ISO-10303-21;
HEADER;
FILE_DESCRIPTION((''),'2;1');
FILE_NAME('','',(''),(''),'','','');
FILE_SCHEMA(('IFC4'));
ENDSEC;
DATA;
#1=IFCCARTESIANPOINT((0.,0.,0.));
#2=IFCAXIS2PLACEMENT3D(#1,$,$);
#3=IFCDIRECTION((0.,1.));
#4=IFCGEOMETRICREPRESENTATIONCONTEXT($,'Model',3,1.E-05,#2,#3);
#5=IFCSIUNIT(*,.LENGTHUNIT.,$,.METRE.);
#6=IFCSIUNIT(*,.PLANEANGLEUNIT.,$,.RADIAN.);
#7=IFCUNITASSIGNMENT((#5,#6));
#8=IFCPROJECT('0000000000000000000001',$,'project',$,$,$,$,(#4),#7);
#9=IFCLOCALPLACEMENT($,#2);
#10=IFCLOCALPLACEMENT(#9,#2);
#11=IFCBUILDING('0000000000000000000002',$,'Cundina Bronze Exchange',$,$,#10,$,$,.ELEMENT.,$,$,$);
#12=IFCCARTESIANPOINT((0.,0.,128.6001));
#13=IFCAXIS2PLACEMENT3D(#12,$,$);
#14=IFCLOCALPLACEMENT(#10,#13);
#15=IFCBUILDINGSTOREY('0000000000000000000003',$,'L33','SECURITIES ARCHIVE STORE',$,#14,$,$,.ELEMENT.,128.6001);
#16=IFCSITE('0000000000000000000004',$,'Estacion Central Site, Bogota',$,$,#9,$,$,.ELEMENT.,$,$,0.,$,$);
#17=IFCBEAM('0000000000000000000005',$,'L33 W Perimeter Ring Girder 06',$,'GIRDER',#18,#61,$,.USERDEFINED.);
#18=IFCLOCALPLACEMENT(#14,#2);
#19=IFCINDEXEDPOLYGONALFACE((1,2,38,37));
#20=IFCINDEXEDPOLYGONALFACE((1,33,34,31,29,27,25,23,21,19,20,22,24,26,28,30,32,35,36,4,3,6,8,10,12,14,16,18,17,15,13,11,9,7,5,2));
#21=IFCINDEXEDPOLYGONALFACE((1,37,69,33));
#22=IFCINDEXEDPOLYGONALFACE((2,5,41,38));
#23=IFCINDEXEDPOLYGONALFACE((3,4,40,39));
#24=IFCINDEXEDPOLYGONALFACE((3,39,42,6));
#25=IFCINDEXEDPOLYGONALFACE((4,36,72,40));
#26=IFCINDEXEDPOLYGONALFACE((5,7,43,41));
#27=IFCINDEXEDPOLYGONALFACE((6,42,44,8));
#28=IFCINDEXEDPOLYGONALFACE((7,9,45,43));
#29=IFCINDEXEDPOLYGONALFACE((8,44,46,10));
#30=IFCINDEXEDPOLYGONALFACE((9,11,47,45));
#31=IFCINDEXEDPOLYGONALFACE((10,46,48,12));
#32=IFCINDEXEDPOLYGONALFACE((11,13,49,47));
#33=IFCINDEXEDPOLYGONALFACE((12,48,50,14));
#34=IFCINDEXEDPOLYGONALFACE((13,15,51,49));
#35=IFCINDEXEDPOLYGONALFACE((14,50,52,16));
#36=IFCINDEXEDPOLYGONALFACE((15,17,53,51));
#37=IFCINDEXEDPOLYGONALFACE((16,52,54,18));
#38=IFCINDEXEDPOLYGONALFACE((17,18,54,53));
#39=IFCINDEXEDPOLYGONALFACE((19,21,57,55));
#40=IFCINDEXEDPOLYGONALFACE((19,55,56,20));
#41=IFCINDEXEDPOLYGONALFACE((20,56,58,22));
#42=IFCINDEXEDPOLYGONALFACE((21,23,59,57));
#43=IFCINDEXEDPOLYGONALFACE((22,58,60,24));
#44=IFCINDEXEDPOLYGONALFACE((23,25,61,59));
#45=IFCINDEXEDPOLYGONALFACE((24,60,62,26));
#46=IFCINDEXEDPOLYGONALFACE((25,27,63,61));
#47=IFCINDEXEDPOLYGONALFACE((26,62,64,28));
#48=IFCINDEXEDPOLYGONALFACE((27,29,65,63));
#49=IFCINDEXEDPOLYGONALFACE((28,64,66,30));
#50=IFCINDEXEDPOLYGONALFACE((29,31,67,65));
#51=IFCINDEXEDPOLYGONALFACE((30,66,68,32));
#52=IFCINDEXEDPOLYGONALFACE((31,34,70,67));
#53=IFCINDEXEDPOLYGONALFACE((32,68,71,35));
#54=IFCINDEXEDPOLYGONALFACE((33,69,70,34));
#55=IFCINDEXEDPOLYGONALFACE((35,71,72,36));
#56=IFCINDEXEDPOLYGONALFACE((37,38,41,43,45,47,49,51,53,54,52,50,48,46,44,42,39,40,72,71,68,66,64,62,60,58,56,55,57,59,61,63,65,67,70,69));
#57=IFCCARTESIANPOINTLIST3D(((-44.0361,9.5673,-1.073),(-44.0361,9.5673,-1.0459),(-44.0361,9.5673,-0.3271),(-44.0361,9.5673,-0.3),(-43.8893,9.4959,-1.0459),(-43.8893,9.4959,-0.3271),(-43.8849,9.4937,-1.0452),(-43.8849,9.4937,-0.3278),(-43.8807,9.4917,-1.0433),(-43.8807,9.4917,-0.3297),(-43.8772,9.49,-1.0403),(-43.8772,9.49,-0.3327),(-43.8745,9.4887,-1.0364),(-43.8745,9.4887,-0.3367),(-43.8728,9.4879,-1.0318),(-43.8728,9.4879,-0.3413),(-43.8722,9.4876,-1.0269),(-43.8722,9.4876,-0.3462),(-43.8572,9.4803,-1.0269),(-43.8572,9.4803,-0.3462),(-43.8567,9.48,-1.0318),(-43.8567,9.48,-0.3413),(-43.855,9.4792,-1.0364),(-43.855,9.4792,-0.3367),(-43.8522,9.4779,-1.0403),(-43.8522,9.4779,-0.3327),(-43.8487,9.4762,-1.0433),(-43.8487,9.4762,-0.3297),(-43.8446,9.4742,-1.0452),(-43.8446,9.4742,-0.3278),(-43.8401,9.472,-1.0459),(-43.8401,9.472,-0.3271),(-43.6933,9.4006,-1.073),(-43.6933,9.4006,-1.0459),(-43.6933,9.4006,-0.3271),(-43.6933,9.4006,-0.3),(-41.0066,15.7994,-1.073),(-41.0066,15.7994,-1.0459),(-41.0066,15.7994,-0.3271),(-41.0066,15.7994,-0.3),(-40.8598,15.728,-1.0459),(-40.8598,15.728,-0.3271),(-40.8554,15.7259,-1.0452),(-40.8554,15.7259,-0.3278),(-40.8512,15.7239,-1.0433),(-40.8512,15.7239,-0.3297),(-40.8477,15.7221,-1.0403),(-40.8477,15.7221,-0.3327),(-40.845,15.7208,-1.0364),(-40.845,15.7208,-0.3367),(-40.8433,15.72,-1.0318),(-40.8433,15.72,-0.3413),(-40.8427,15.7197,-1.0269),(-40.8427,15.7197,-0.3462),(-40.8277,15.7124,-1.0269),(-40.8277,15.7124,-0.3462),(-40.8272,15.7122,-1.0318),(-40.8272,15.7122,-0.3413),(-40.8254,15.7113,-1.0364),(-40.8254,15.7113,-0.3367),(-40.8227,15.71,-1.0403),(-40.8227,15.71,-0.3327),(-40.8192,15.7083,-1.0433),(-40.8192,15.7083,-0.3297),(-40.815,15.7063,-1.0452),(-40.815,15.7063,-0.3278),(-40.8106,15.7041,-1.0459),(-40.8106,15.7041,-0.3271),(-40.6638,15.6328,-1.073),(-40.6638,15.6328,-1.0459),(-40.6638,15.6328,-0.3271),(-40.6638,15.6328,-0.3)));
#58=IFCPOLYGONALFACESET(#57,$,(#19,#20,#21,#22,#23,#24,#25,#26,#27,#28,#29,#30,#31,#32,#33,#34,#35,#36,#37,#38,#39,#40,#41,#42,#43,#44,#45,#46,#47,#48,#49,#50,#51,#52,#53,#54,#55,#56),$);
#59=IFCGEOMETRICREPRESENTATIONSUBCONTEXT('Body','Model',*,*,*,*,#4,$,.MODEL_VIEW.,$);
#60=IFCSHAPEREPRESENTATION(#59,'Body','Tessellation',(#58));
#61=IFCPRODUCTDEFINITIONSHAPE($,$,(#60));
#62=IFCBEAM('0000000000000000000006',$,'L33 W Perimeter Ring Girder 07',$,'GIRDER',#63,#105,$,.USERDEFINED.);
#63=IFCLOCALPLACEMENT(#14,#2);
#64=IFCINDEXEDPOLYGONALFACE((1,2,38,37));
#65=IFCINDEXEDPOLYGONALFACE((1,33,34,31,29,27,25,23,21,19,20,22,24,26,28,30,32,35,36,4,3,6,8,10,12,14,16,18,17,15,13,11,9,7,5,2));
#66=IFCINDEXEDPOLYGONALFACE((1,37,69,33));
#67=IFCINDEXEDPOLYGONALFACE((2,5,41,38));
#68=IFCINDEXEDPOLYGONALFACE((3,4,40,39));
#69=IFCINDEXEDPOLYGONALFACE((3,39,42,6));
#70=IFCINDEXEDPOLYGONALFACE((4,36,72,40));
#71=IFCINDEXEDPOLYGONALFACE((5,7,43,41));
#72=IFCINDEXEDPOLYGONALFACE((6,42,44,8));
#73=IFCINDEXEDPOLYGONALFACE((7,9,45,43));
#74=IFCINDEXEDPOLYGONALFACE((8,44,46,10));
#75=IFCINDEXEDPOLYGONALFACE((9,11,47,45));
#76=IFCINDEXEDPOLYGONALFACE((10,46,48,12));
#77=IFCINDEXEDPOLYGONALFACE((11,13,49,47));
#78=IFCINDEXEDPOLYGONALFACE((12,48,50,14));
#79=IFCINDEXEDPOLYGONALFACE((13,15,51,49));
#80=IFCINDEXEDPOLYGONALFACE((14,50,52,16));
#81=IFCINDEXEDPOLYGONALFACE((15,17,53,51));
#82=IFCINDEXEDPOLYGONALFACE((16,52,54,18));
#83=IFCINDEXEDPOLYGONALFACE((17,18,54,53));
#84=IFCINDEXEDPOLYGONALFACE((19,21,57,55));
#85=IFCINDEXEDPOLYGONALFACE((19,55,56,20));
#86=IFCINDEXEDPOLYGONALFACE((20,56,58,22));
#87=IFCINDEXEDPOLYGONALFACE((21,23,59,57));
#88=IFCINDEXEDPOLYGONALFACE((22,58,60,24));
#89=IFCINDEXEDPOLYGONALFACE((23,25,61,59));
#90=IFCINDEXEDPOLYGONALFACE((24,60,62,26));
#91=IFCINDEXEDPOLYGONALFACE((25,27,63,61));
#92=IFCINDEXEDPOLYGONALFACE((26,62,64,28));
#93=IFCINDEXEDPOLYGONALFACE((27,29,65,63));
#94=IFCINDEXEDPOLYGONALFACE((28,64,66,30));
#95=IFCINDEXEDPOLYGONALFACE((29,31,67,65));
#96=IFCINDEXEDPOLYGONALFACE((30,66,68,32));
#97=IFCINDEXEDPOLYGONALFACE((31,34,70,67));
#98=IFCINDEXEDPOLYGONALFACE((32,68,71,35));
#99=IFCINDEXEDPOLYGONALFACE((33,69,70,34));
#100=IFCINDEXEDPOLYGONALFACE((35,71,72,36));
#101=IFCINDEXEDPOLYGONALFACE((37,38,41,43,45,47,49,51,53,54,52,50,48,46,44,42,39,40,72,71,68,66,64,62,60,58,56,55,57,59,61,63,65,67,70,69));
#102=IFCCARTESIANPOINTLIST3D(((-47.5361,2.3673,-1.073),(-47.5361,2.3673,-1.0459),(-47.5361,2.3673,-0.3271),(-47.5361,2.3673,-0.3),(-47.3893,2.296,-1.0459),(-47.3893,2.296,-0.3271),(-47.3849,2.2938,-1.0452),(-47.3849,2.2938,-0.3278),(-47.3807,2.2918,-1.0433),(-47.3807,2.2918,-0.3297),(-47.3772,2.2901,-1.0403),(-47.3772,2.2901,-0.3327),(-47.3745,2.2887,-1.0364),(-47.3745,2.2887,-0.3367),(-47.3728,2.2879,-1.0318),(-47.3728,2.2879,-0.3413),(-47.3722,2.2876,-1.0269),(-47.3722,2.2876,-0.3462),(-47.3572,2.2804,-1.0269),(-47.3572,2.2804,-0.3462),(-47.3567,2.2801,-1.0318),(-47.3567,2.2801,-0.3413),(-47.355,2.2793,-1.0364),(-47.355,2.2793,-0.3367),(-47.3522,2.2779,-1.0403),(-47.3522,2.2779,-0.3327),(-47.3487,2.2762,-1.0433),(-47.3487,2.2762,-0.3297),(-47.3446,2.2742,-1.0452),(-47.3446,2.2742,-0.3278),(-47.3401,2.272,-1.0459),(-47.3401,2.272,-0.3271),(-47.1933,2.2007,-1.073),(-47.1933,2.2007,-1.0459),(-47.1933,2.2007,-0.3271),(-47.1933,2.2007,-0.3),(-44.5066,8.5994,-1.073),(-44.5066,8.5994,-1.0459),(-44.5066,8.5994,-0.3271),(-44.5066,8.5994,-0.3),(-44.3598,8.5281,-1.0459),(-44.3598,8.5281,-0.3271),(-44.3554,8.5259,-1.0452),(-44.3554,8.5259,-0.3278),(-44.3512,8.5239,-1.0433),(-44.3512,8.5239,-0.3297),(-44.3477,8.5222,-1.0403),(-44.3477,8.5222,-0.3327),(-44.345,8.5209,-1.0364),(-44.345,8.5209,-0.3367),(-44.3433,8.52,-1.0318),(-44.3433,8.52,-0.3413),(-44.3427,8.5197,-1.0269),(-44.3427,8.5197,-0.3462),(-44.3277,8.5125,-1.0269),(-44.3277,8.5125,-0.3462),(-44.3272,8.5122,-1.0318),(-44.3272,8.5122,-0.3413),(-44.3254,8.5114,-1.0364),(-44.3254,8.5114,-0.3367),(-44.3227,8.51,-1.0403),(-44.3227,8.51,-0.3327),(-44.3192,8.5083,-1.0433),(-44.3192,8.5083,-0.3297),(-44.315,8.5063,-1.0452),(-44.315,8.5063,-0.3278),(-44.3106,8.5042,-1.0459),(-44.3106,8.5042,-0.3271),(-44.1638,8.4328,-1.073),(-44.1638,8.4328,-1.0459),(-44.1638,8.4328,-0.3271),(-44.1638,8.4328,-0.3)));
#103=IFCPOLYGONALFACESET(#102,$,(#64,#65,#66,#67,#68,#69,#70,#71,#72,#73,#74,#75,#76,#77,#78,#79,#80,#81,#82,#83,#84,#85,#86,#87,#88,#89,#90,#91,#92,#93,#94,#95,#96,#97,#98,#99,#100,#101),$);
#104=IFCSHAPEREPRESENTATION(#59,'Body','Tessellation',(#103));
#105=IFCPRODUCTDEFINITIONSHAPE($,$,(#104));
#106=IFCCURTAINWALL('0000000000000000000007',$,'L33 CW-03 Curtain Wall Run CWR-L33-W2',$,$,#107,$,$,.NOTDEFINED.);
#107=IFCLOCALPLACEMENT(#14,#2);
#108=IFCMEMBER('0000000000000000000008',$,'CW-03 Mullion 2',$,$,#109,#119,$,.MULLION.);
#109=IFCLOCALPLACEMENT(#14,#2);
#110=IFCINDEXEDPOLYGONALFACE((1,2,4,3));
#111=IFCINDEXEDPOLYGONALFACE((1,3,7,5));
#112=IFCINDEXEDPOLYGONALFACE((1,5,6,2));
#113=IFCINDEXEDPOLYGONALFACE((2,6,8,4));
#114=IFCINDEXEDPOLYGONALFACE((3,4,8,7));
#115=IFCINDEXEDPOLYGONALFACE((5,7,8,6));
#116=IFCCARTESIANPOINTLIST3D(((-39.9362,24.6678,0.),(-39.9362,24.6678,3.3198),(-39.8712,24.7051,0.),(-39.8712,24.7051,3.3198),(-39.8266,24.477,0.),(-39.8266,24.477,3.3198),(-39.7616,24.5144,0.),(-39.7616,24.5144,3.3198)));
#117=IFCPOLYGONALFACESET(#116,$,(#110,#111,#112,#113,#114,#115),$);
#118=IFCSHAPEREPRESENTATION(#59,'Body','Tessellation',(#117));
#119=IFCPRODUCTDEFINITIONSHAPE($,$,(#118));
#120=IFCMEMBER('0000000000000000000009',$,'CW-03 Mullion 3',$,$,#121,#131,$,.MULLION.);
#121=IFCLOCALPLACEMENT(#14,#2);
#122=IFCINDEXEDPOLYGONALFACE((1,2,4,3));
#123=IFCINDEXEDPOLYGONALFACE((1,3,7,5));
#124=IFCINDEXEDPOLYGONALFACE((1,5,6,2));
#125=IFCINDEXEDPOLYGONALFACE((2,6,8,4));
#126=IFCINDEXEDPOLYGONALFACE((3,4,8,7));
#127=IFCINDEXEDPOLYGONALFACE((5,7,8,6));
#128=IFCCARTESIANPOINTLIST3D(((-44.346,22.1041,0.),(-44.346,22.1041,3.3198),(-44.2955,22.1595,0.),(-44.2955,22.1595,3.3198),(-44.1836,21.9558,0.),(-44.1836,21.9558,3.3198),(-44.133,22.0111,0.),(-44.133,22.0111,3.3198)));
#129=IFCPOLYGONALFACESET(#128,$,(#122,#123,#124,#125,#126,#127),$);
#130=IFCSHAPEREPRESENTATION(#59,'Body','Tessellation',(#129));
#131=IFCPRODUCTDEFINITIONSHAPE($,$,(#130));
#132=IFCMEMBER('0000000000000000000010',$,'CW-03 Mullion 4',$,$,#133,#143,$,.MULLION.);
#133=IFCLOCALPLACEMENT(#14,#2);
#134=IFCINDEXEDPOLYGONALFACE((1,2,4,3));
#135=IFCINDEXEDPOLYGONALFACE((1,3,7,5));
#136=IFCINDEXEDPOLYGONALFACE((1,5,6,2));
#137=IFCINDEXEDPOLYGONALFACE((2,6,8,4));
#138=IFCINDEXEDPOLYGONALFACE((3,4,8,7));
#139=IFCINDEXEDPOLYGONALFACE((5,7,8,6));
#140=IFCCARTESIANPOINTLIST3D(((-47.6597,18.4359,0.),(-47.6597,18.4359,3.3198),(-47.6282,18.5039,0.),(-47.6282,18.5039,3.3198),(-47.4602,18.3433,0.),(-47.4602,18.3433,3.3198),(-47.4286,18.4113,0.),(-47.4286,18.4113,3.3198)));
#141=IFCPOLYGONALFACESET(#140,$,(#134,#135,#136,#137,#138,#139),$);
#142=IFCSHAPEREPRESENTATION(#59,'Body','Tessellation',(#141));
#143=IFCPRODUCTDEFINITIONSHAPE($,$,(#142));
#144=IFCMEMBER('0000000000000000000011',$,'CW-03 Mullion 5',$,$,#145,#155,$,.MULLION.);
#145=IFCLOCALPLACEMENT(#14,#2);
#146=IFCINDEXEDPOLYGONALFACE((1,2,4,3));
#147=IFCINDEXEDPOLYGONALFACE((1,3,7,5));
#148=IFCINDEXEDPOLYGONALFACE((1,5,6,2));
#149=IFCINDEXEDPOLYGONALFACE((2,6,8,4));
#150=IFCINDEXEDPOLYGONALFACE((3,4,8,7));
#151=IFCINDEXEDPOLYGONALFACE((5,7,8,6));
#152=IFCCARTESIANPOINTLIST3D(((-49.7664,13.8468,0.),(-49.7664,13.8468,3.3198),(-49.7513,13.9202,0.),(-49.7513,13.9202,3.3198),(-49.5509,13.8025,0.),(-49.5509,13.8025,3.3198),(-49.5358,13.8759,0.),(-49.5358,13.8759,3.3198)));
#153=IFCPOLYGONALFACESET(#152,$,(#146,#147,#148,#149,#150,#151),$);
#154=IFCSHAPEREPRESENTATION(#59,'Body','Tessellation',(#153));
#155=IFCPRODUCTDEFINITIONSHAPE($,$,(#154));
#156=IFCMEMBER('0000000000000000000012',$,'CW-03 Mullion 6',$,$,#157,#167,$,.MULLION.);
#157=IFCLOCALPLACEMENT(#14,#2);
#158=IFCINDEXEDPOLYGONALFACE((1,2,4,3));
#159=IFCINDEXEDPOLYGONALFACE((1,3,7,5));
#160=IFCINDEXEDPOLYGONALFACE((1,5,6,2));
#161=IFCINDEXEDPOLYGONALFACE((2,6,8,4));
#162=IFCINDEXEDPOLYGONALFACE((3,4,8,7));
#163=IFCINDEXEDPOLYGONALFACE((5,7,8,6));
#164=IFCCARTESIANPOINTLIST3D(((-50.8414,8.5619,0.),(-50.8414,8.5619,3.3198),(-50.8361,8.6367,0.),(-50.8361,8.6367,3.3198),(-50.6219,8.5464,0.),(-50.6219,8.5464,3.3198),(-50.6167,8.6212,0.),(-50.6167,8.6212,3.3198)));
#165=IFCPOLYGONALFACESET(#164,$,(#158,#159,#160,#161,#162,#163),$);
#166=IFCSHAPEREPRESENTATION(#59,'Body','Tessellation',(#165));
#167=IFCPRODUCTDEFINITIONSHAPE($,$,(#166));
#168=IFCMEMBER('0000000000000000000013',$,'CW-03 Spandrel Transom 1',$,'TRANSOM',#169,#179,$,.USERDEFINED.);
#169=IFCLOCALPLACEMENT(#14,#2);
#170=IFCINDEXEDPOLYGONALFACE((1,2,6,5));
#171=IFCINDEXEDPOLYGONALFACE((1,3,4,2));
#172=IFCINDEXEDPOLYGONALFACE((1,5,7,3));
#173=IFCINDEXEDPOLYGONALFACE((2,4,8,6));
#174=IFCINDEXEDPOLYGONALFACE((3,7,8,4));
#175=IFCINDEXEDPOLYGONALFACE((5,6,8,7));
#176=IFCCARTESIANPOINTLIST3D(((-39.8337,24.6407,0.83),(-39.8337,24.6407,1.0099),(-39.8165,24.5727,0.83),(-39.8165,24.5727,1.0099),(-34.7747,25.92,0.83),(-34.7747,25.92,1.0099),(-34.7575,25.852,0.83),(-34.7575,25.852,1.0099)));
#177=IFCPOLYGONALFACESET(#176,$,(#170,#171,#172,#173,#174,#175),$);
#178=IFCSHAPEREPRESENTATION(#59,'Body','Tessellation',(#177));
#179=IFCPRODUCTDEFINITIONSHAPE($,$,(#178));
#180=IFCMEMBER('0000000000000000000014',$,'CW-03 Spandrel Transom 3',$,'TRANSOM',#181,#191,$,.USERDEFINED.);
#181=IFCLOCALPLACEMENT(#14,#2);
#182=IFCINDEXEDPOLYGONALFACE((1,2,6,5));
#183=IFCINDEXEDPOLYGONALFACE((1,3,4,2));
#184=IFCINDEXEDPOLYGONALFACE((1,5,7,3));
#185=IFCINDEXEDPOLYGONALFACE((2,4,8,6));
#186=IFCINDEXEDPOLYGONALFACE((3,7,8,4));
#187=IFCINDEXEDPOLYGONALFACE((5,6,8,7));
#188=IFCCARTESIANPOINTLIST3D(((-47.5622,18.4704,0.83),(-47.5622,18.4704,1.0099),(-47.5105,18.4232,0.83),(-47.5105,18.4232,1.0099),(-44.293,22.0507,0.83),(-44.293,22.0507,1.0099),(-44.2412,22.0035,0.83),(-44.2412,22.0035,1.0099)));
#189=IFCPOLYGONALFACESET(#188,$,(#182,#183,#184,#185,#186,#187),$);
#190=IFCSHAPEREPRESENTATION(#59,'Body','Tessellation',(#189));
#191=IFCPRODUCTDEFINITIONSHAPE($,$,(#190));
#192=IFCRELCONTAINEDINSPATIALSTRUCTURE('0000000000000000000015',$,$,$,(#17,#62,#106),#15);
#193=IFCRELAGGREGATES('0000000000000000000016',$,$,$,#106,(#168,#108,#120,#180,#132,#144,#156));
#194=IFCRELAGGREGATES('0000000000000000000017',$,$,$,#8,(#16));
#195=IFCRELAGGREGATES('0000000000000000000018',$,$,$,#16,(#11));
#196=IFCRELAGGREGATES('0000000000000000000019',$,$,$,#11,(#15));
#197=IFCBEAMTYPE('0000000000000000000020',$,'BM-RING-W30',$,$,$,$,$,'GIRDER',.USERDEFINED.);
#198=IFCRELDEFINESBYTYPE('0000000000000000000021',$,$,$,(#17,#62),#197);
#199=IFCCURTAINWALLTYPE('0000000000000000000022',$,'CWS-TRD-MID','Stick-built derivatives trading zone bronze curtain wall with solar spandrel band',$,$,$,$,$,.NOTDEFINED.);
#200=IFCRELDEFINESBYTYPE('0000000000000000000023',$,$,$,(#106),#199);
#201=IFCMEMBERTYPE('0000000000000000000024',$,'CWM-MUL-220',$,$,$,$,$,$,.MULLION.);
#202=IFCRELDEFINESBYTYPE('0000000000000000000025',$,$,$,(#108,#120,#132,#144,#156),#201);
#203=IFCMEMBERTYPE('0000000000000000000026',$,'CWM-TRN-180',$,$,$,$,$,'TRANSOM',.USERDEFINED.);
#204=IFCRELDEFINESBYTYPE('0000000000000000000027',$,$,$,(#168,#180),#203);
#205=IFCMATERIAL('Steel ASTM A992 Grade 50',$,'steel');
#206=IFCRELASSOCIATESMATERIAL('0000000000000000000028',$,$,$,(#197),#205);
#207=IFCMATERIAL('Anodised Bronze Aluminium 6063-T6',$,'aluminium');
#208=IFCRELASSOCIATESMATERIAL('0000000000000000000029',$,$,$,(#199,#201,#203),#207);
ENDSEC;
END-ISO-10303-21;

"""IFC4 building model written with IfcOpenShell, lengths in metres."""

from ifc_helpers import new_model, si_unit, direction, frame, origin, origin_2d, place, context, subcontext, project, spatial, rectangle, i_section, extrude, material, material_profile, profile_set, type_object, element, aggregate, save


model = new_model("IFC4")

# Units and contexts
model_context = context("Model", 3, precision=1e-05, world=origin(), true_north=direction((0.0, 1.0)))
body_context = subcontext(model_context, "Body", "Model", "MODEL_VIEW")
ifc_project = project(units=[si_unit("LENGTHUNIT", "METRE"), si_unit("PLANEANGLEUNIT", "RADIAN")], contexts=[model_context])

# Site, building, storey
site_placement = place(None, origin())
site = spatial("IfcSite", under=ifc_project, at=site_placement, Name="Estacion Central Site, Bogota", CompositionType="ELEMENT", RefElevation=0.0)
building_placement = place(site_placement, origin())
building = spatial("IfcBuilding", under=site, at=building_placement, Name="Cundina Bronze Exchange", CompositionType="ELEMENT")
storey_placement = place(building_placement, frame((0.0, 0.0, 128.6001)))
storey = spatial("IfcBuildingStorey", under=building, at=storey_placement, Name="L33", Description="SECURITIES ARCHIVE STORE", CompositionType="ELEMENT", Elevation=128.6001)

# Beams
ifc_material_1 = material(Name="Steel ASTM A992 Grade 50", Category="steel")
ifc_material_profile_1 = material_profile(ifc_material_1, i_section(OverallWidth=0.3811, OverallDepth=0.7729, WebThickness=0.0166, FlangeThickness=0.0271, FilletRadius=0.019, at=origin_2d()), Name="W30X173", Category="steel")
ifc_profile_set_1 = profile_set([ifc_material_profile_1], Name="Steel ASTM A992 Grade 50")
beam_type_1 = type_object("IfcBeamType", Name="BM-RING-W30", ElementType="GIRDER", PredefinedType="USERDEFINED", material=ifc_profile_set_1)
for number, where, z_axis, x_axis, name in (
    (1, (-40.8352, 15.7161, -0.6865), (-0.437194, -0.899367, 0.0), (0.899367, -0.437194, 0.0), "L33 W Perimeter Ring Girder 06"),
    (2, (-44.3352, 8.5161, -0.6865), (-0.437194, -0.899367, 0.0), (0.899367, -0.437194, 0.0), "L33 W Perimeter Ring Girder 07"),
):
    element("IfcBeam", number, at=place(storey_placement, frame(where, z_axis=z_axis, x_axis=x_axis)), inside=storey, type_object=beam_type_1, Name=name, ObjectType="GIRDER", PredefinedType="USERDEFINED", context=body_context, shape_type="SweptSolid", body=[
        extrude(i_section(OverallWidth=0.3811, OverallDepth=0.7729, WebThickness=0.0166, FlangeThickness=0.0271, FilletRadius=0.019, at=origin_2d()), origin(), (0.0, 0.0, 1.0), 6.9294),
    ])

# Curtain wall, members
ifc_material_2 = material(Name="Anodised Bronze Aluminium 6063-T6", Category="aluminium")
curtain_wall_type = type_object("IfcCurtainWallType", Name="CWS-TRD-MID", Description="Stick-built derivatives trading zone bronze curtain wall with solar spandrel band", PredefinedType="NOTDEFINED", material=ifc_material_2)
curtain_wall_placement = place(storey_placement, origin())
curtain_wall = element("IfcCurtainWall", 3, at=curtain_wall_placement, inside=storey, type_object=curtain_wall_type, Name="L33 CW-03 Curtain Wall Run CWR-L33-W2", PredefinedType="NOTDEFINED")
ifc_material_profile_2 = material_profile(ifc_material_2, rectangle(XDim=0.075, YDim=0.22, at=origin_2d()), Name="AL75X220", Category="aluminium")
ifc_profile_set_2 = profile_set([ifc_material_profile_2], Name="Anodised Bronze Aluminium 6063-T6")
member_type_1 = type_object("IfcMemberType", Name="CWM-MUL-220", PredefinedType="MULLION", material=ifc_profile_set_2)
member_1_placement = place(storey_placement, frame((-39.8489, 24.5911, 0.0), z_axis=(0.0, 0.0, 1.0), x_axis=(-0.867071, -0.498185, 0.0)))
member_1 = element("IfcMember", 4, at=member_1_placement, type_object=member_type_1, Name="CW-03 Mullion 2", PredefinedType="MULLION", context=body_context, shape_type="SweptSolid", body=[
    extrude(rectangle(XDim=0.075, YDim=0.22, at=origin_2d()), origin(), (0.0, 0.0, 1.0), 3.3198),
])
member_2_placement = place(storey_placement, frame((-44.2395, 22.0576, 0.0), z_axis=(0.0, 0.0, 1.0), x_axis=(-0.674302, -0.738455, 0.0)))
member_2 = element("IfcMember", 5, at=member_2_placement, type_object=member_type_1, Name="CW-03 Mullion 3", PredefinedType="MULLION", context=body_context, shape_type="SweptSolid", body=[
    extrude(rectangle(XDim=0.075, YDim=0.22, at=origin_2d()), origin(), (0.0, 0.0, 1.0), 3.3198),
])
member_3_placement = place(storey_placement, frame((-47.5442, 18.4236, 0.0), z_axis=(0.0, 0.0, 1.0), x_axis=(-0.420877, -0.907117, 0.0)))
member_3 = element("IfcMember", 6, at=member_3_placement, type_object=member_type_1, Name="CW-03 Mullion 4", PredefinedType="MULLION", context=body_context, shape_type="SweptSolid", body=[
    extrude(rectangle(XDim=0.075, YDim=0.22, at=origin_2d()), origin(), (0.0, 0.0, 1.0), 3.3198),
])
member_4_placement = place(storey_placement, frame((-49.6511, 13.8613, 0.0), z_axis=(0.0, 0.0, 1.0), x_axis=(-0.20142, -0.979505, 0.0)))
member_4 = element("IfcMember", 7, at=member_4_placement, type_object=member_type_1, Name="CW-03 Mullion 5", PredefinedType="MULLION", context=body_context, shape_type="SweptSolid", body=[
    extrude(rectangle(XDim=0.075, YDim=0.22, at=origin_2d()), origin(), (0.0, 0.0, 1.0), 3.3198),
])
member_5_placement = place(storey_placement, frame((-50.729, 8.5916, 0.0), z_axis=(0.0, 0.0, 1.0), x_axis=(-0.070279, -0.997527, 0.0)))
member_5 = element("IfcMember", 8, at=member_5_placement, type_object=member_type_1, Name="CW-03 Mullion 6", PredefinedType="MULLION", context=body_context, shape_type="SweptSolid", body=[
    extrude(rectangle(XDim=0.075, YDim=0.22, at=origin_2d()), origin(), (0.0, 0.0, 1.0), 3.3198),
])
ifc_material_profile_3 = material_profile(ifc_material_2, rectangle(XDim=0.0701, YDim=0.1799, at=origin_2d()), Name="AL70X180", Category="aluminium")
ifc_profile_set_3 = profile_set([ifc_material_profile_3], Name="Anodised Bronze Aluminium 6063-T6")
member_type_2 = type_object("IfcMemberType", Name="CWM-TRN-180", ElementType="TRANSOM", PredefinedType="USERDEFINED", material=ifc_profile_set_3)
member_6_placement = place(storey_placement, frame((-34.7661, 25.886, 0.9199), z_axis=(-0.969484, -0.245155, 0.0), x_axis=(0.245155, -0.969484, 0.0)))
member_6 = element("IfcMember", 9, at=member_6_placement, type_object=member_type_2, Name="CW-03 Spandrel Transom 1", ObjectType="TRANSOM", PredefinedType="USERDEFINED", context=body_context, shape_type="SweptSolid", body=[
    extrude(rectangle(XDim=0.0701, YDim=0.1799, at=origin_2d()), origin(), (0.0, 0.0, 1.0), 5.2183),
])
member_7_placement = place(storey_placement, frame((-44.2671, 22.0271, 0.9199), z_axis=(-0.674303, -0.738455, 0.0), x_axis=(0.738455, -0.674303, 0.0)))
member_7 = element("IfcMember", 10, at=member_7_placement, type_object=member_type_2, Name="CW-03 Spandrel Transom 3", ObjectType="TRANSOM", PredefinedType="USERDEFINED", context=body_context, shape_type="SweptSolid", body=[
    extrude(rectangle(XDim=0.0701, YDim=0.1799, at=origin_2d()), origin(), (0.0, 0.0, 1.0), 4.8484),
])
aggregate(curtain_wall, [member_6, member_1, member_2, member_7, member_3, member_4, member_5])

save(model, "model.ifc")
